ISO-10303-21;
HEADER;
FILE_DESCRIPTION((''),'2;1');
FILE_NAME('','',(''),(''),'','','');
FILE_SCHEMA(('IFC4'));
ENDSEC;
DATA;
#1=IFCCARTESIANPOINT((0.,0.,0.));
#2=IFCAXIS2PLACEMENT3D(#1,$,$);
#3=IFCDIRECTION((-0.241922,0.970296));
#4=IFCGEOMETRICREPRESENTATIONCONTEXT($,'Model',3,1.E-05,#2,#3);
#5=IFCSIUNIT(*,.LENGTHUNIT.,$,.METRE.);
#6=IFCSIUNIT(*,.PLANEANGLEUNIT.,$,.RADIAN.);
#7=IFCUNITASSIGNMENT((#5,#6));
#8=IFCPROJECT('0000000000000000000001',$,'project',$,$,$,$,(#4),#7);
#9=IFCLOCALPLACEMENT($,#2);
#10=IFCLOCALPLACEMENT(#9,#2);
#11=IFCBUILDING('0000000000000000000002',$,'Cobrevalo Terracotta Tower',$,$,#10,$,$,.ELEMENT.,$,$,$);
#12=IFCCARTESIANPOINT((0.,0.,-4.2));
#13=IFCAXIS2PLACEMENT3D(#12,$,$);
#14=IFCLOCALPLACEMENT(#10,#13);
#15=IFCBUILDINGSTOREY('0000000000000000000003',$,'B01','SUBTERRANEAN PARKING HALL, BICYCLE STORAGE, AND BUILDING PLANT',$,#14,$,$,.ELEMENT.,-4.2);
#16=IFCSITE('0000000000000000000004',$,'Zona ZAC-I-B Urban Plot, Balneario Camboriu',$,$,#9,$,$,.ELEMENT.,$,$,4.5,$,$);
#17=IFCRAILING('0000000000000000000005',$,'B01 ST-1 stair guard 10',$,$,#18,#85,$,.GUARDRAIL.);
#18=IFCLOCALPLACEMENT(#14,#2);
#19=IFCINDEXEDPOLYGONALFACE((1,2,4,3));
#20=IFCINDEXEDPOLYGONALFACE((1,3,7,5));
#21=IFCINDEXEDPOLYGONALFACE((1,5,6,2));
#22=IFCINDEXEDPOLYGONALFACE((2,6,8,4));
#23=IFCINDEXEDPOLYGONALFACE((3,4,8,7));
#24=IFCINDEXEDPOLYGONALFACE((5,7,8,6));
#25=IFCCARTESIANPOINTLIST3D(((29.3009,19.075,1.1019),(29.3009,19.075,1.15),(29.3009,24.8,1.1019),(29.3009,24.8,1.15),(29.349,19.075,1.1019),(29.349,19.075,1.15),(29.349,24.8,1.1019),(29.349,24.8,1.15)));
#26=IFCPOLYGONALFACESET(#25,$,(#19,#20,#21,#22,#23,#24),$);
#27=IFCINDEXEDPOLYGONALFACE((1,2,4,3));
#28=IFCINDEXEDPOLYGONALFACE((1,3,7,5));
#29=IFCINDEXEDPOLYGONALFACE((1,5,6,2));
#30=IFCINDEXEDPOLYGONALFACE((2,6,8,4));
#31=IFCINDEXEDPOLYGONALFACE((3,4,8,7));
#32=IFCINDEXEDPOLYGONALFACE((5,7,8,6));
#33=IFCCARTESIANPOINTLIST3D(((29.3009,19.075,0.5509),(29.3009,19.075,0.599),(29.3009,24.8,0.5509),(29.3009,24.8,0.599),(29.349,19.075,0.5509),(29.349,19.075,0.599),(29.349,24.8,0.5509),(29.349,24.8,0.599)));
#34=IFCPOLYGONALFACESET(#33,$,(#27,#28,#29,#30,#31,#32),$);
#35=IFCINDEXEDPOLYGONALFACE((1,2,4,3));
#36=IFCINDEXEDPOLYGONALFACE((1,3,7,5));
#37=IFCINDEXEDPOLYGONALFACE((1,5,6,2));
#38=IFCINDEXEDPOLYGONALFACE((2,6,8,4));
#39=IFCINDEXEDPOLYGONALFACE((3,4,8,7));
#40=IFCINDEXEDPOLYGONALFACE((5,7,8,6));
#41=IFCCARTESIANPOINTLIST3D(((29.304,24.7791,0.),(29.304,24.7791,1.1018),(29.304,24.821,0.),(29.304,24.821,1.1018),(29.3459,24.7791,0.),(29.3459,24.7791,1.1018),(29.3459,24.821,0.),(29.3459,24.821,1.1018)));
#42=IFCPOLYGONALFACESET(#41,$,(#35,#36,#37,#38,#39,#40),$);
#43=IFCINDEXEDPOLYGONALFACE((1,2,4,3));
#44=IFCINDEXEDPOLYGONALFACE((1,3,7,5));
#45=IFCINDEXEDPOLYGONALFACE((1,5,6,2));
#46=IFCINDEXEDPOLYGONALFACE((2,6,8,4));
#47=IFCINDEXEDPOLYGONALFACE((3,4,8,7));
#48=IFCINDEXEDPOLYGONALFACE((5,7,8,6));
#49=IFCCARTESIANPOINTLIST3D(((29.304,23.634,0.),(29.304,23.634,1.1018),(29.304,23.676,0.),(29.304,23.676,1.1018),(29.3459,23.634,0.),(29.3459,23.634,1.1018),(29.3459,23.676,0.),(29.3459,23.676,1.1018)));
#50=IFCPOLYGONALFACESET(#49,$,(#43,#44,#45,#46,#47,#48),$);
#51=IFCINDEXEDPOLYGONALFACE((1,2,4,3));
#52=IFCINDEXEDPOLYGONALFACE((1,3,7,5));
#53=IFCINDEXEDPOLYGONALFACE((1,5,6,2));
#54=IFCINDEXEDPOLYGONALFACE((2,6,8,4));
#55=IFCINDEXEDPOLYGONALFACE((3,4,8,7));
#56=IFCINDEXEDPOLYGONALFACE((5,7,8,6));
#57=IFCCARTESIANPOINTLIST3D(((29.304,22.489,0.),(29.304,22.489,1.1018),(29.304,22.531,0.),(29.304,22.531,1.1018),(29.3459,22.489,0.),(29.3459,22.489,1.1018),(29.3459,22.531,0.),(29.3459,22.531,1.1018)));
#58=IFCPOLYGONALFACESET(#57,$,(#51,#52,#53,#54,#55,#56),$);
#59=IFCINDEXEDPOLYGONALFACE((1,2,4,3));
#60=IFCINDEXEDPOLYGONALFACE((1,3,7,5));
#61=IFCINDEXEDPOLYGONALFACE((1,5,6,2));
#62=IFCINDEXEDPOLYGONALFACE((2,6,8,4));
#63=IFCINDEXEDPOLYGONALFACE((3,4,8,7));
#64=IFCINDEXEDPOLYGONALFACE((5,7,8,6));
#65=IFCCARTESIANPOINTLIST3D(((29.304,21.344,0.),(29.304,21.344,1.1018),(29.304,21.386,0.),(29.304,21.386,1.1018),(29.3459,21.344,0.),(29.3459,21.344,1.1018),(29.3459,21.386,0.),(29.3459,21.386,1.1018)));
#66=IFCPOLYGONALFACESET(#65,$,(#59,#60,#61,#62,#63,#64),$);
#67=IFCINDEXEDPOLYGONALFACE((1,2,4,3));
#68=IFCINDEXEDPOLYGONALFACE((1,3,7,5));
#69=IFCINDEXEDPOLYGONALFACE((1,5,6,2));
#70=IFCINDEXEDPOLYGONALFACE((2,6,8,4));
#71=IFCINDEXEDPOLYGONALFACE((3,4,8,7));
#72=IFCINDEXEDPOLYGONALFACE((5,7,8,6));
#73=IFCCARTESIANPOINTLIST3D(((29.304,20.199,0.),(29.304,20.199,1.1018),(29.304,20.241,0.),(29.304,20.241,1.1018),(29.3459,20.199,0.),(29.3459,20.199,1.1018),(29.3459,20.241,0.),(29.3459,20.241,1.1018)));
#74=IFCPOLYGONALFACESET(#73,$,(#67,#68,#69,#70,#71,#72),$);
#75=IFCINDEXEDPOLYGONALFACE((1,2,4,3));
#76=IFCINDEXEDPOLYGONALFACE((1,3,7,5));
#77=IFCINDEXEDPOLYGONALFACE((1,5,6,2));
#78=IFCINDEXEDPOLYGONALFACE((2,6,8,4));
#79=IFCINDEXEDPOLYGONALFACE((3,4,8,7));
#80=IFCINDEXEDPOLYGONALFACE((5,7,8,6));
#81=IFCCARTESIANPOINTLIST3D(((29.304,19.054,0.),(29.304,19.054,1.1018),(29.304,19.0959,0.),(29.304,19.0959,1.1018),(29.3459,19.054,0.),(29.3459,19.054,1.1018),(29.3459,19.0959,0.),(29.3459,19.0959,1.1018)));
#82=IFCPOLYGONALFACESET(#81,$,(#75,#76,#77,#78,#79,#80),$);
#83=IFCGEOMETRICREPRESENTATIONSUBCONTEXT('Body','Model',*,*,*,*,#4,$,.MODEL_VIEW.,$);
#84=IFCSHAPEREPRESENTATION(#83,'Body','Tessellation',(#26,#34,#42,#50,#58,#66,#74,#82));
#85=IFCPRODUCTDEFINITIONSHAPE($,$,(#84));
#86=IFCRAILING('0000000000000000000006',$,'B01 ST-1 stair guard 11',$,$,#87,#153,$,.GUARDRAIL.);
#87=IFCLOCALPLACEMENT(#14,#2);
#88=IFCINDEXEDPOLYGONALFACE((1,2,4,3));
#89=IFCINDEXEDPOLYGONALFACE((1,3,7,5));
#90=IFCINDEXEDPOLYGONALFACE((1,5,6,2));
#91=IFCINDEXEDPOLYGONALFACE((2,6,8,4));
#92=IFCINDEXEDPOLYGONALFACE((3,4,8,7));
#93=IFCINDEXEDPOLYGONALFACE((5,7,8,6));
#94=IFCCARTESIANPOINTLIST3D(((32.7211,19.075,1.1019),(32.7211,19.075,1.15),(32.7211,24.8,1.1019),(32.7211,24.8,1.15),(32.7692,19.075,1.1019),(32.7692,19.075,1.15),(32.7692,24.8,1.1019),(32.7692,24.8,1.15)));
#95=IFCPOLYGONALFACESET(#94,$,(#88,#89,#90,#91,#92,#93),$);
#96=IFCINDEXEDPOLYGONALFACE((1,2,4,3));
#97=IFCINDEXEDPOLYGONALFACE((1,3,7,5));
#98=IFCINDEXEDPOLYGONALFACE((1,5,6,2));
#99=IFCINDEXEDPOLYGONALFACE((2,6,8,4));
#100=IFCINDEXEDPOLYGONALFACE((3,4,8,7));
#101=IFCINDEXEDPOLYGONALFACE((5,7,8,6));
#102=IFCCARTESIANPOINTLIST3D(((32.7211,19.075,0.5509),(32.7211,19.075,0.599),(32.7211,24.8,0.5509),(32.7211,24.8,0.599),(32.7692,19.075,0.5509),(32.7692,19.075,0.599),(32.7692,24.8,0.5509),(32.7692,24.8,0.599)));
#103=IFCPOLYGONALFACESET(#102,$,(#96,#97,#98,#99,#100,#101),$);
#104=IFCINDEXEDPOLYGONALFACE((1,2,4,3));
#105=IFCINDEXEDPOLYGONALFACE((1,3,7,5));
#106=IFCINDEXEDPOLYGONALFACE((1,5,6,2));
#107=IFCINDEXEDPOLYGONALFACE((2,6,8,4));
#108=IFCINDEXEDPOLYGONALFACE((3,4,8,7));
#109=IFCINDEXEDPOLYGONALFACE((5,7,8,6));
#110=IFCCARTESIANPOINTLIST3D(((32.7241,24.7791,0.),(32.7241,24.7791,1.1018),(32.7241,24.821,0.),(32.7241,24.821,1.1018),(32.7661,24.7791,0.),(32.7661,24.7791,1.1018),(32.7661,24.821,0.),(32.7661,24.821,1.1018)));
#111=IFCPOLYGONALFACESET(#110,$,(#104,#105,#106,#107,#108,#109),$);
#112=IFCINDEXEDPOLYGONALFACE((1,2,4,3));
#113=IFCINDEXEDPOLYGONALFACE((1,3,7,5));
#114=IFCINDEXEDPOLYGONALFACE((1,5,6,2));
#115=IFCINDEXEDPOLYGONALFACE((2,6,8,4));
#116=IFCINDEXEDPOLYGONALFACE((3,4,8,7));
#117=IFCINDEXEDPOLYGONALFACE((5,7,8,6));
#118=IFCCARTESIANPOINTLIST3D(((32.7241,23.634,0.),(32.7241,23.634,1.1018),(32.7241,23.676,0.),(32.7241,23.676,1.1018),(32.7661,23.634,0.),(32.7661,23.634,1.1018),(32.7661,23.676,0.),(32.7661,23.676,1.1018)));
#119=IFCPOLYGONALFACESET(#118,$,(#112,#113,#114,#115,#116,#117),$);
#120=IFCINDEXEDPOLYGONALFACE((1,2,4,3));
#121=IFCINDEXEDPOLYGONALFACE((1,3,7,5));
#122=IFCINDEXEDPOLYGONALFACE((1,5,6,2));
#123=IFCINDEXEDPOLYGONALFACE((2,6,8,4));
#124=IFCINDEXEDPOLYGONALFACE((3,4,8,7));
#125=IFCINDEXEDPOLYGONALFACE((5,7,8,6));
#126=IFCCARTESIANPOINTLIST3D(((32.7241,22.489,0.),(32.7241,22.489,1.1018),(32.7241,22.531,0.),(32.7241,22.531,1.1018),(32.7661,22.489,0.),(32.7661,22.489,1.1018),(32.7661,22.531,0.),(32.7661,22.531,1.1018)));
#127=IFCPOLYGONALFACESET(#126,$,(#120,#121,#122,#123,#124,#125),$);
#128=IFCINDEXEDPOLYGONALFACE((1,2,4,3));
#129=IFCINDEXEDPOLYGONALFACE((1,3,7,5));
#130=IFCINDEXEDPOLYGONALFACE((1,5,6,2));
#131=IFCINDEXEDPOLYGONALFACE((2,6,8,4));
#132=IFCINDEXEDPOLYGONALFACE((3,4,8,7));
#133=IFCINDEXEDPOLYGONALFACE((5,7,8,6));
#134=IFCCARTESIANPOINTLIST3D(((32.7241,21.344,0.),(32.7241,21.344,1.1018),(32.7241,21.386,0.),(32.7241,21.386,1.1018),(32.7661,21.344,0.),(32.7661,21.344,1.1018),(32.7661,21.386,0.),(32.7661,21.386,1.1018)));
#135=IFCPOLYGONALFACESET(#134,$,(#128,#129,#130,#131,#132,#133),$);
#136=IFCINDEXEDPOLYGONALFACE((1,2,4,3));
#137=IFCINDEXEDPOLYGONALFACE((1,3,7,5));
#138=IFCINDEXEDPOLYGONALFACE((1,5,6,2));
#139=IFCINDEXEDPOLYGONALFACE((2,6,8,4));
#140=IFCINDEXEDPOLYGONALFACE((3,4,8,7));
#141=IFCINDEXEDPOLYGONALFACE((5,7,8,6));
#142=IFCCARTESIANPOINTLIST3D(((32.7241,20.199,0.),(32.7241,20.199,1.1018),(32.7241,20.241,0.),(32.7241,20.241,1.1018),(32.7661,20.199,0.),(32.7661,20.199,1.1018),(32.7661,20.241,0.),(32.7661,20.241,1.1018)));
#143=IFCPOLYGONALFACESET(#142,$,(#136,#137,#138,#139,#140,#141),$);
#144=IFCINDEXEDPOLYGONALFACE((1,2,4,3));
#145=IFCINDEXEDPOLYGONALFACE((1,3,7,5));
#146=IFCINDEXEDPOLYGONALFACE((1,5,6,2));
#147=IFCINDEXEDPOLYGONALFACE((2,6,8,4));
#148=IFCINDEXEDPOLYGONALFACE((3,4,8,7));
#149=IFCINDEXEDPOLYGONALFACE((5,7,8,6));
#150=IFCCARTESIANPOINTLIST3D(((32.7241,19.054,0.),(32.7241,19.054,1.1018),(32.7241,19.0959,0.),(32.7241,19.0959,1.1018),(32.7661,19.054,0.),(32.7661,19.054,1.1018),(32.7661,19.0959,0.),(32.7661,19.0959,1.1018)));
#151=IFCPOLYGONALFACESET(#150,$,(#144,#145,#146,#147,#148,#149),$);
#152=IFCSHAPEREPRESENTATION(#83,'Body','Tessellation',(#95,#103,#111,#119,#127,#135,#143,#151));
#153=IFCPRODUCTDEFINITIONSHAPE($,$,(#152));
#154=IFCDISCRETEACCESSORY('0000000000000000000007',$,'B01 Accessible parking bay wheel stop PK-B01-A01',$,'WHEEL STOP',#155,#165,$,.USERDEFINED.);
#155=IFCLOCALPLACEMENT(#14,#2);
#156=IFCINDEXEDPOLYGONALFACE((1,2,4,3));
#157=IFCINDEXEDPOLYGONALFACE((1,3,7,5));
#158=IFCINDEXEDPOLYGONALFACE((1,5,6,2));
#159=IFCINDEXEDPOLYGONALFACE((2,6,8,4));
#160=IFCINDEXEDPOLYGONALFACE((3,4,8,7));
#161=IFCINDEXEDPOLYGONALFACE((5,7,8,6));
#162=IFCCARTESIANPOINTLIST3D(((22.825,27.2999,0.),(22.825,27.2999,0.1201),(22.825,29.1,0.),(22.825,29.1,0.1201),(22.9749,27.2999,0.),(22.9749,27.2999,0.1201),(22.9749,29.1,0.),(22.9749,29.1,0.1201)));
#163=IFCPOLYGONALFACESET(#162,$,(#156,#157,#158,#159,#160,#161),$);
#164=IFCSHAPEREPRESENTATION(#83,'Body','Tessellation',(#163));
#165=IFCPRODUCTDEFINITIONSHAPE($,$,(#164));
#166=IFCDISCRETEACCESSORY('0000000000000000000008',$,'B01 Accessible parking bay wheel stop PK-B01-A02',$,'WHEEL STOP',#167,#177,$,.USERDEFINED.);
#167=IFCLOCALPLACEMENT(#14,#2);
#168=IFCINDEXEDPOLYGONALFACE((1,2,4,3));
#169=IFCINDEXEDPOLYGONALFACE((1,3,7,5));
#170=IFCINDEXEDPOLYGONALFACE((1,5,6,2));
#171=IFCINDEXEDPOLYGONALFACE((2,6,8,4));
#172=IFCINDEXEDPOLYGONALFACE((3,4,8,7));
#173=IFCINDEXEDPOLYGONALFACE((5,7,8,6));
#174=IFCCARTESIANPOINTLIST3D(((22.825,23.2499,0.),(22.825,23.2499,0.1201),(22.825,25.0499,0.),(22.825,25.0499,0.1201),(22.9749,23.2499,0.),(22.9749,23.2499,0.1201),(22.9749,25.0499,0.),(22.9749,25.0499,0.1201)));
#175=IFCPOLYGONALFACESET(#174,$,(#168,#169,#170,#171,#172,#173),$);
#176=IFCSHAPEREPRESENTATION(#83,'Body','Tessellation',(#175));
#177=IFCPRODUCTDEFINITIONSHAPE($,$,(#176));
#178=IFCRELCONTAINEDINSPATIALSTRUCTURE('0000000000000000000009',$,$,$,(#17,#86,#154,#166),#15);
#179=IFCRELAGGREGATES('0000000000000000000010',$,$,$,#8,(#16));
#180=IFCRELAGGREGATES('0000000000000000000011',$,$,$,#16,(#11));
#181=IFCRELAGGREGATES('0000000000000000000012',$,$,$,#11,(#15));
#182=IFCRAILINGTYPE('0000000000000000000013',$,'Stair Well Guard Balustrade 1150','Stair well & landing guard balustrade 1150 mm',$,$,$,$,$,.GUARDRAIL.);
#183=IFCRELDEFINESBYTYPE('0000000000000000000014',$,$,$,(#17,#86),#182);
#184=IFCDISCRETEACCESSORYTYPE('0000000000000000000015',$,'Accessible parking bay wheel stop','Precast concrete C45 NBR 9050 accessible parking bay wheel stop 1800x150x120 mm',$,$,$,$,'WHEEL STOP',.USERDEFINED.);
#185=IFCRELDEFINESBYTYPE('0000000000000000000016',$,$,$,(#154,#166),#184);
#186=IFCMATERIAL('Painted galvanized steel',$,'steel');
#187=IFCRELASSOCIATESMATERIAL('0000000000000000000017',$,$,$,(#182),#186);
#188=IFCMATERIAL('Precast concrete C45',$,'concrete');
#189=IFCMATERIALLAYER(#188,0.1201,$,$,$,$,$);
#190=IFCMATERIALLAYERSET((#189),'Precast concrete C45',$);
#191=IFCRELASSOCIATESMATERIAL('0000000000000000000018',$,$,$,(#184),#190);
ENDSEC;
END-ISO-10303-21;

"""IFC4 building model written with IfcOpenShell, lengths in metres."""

from ifc_helpers import new_model, si_unit, direction, frame, origin, origin_2d, place, context, subcontext, project, spatial, rectangle, extrude, source, transform, mapped, material, layer, layer_set, type_object, element, save


model = new_model("IFC4")

# Units and contexts
model_context = context("Model", 3, precision=1e-05, world=origin(), true_north=direction((-0.241922, 0.970296)))
body_context = subcontext(model_context, "Body", "Model", "MODEL_VIEW")
ifc_project = project(units=[si_unit("LENGTHUNIT", "METRE"), si_unit("PLANEANGLEUNIT", "RADIAN")], contexts=[model_context])

# Site, building, storey
site_placement = place(None, origin())
site = spatial("IfcSite", under=ifc_project, at=site_placement, Name="Zona ZAC-I-B Urban Plot, Balneario Camboriu", CompositionType="ELEMENT", RefElevation=4.5)
building_placement = place(site_placement, origin())
building = spatial("IfcBuilding", under=site, at=building_placement, Name="Cobrevalo Terracotta Tower", CompositionType="ELEMENT")
storey_placement = place(building_placement, frame((0.0, 0.0, -4.2)))
storey = spatial("IfcBuildingStorey", under=building, at=storey_placement, Name="B01", Description="SUBTERRANEAN PARKING HALL, BICYCLE STORAGE, AND BUILDING PLANT", CompositionType="ELEMENT", Elevation=-4.2)

# Railings
ifc_material_1 = material(Name="Painted galvanized steel", Category="steel")
railing_type_1 = type_object("IfcRailingType", Name="Stair Well Guard Balustrade 1150", Description="Stair well & landing guard balustrade 1150 mm", PredefinedType="GUARDRAIL", material=ifc_material_1)
for number, where, name in (
    (1, (29.325, 24.8, 0.0), "B01 ST-1 stair guard 10"),
    (2, (32.7451, 24.8, 0.0), "B01 ST-1 stair guard 11"),
):
    element("IfcRailing", number, at=place(storey_placement, frame(where)), inside=storey, type_object=railing_type_1, Name=name, PredefinedType="GUARDRAIL", context=body_context, shape_type="SweptSolid", body=[
        extrude(rectangle(XDim=0.0481, YDim=0.0481, at=origin_2d()), frame((0.0, 0.0, 1.126), z_axis=(0.0, -1.0, 0.0), x_axis=(1.0, 0.0, 0.0)), (0.0, 0.0, 1.0), 5.7251),
        extrude(rectangle(XDim=0.0481, YDim=0.0481, at=origin_2d()), frame((0.0, 0.0, 0.575), z_axis=(0.0, -1.0, 0.0), x_axis=(1.0, 0.0, 0.0)), (0.0, 0.0, 1.0), 5.7251),
        extrude(rectangle(XDim=0.042, YDim=0.042, at=origin_2d()), origin(), (0.0, 0.0, 1.0), 1.1018),
        extrude(rectangle(XDim=0.042, YDim=0.042, at=origin_2d()), frame((0.0, -1.145, 0.0)), (0.0, 0.0, 1.0), 1.1018),
        extrude(rectangle(XDim=0.042, YDim=0.042, at=origin_2d()), frame((0.0, -2.29, 0.0)), (0.0, 0.0, 1.0), 1.1018),
        extrude(rectangle(XDim=0.042, YDim=0.042, at=origin_2d()), frame((0.0, -3.4351, 0.0)), (0.0, 0.0, 1.0), 1.1018),
        extrude(rectangle(XDim=0.042, YDim=0.042, at=origin_2d()), frame((0.0, -4.5801, 0.0)), (0.0, 0.0, 1.0), 1.1018),
        extrude(rectangle(XDim=0.042, YDim=0.042, at=origin_2d()), frame((0.0, -5.7251, 0.0)), (0.0, 0.0, 1.0), 1.1018),
    ])

# Discrete accessories
ifc_material_2 = material(Name="Precast concrete C45", Category="concrete")
ifc_layer_1 = layer(ifc_material_2, 0.1201)
ifc_layer_set_1 = layer_set([ifc_layer_1], Name="Precast concrete C45")
discrete_accessory_type = type_object("IfcDiscreteAccessoryType", Name="Accessible parking bay wheel stop", Description="Precast concrete C45 NBR 9050 accessible parking bay wheel stop 1800x150x120 mm", ElementType="WHEEL STOP", PredefinedType="USERDEFINED", material=ifc_layer_set_1)
shared_shape_1 = source(origin(), body_context, "Body", "SweptSolid", [
    extrude(rectangle(XDim=1.8, YDim=0.1499, at=origin_2d()), origin(), (0.0, 0.0, 1.0), 0.1201),
])
for number, where, z_axis, x_axis, name in (
    (3, (22.8999, 28.2, 0.0), (0.0, 0.0, 1.0), (0.0, 1.0, 0.0), "B01 Accessible parking bay wheel stop PK-B01-A01"),
    (4, (22.8999, 24.1499, 0.0), (0.0, 0.0, 1.0), (0.0, 1.0, 0.0), "B01 Accessible parking bay wheel stop PK-B01-A02"),
):
    element("IfcDiscreteAccessory", number, at=place(storey_placement, frame(where, z_axis=z_axis, x_axis=x_axis)), inside=storey, type_object=discrete_accessory_type, Name=name, ObjectType="WHEEL STOP", PredefinedType="USERDEFINED", context=body_context, shape_type="MappedRepresentation", body=[
        mapped(shared_shape_1, transform((0.0, 0.0, 0.0), scale=1.0)),
    ])

save(model, "model.ifc")
